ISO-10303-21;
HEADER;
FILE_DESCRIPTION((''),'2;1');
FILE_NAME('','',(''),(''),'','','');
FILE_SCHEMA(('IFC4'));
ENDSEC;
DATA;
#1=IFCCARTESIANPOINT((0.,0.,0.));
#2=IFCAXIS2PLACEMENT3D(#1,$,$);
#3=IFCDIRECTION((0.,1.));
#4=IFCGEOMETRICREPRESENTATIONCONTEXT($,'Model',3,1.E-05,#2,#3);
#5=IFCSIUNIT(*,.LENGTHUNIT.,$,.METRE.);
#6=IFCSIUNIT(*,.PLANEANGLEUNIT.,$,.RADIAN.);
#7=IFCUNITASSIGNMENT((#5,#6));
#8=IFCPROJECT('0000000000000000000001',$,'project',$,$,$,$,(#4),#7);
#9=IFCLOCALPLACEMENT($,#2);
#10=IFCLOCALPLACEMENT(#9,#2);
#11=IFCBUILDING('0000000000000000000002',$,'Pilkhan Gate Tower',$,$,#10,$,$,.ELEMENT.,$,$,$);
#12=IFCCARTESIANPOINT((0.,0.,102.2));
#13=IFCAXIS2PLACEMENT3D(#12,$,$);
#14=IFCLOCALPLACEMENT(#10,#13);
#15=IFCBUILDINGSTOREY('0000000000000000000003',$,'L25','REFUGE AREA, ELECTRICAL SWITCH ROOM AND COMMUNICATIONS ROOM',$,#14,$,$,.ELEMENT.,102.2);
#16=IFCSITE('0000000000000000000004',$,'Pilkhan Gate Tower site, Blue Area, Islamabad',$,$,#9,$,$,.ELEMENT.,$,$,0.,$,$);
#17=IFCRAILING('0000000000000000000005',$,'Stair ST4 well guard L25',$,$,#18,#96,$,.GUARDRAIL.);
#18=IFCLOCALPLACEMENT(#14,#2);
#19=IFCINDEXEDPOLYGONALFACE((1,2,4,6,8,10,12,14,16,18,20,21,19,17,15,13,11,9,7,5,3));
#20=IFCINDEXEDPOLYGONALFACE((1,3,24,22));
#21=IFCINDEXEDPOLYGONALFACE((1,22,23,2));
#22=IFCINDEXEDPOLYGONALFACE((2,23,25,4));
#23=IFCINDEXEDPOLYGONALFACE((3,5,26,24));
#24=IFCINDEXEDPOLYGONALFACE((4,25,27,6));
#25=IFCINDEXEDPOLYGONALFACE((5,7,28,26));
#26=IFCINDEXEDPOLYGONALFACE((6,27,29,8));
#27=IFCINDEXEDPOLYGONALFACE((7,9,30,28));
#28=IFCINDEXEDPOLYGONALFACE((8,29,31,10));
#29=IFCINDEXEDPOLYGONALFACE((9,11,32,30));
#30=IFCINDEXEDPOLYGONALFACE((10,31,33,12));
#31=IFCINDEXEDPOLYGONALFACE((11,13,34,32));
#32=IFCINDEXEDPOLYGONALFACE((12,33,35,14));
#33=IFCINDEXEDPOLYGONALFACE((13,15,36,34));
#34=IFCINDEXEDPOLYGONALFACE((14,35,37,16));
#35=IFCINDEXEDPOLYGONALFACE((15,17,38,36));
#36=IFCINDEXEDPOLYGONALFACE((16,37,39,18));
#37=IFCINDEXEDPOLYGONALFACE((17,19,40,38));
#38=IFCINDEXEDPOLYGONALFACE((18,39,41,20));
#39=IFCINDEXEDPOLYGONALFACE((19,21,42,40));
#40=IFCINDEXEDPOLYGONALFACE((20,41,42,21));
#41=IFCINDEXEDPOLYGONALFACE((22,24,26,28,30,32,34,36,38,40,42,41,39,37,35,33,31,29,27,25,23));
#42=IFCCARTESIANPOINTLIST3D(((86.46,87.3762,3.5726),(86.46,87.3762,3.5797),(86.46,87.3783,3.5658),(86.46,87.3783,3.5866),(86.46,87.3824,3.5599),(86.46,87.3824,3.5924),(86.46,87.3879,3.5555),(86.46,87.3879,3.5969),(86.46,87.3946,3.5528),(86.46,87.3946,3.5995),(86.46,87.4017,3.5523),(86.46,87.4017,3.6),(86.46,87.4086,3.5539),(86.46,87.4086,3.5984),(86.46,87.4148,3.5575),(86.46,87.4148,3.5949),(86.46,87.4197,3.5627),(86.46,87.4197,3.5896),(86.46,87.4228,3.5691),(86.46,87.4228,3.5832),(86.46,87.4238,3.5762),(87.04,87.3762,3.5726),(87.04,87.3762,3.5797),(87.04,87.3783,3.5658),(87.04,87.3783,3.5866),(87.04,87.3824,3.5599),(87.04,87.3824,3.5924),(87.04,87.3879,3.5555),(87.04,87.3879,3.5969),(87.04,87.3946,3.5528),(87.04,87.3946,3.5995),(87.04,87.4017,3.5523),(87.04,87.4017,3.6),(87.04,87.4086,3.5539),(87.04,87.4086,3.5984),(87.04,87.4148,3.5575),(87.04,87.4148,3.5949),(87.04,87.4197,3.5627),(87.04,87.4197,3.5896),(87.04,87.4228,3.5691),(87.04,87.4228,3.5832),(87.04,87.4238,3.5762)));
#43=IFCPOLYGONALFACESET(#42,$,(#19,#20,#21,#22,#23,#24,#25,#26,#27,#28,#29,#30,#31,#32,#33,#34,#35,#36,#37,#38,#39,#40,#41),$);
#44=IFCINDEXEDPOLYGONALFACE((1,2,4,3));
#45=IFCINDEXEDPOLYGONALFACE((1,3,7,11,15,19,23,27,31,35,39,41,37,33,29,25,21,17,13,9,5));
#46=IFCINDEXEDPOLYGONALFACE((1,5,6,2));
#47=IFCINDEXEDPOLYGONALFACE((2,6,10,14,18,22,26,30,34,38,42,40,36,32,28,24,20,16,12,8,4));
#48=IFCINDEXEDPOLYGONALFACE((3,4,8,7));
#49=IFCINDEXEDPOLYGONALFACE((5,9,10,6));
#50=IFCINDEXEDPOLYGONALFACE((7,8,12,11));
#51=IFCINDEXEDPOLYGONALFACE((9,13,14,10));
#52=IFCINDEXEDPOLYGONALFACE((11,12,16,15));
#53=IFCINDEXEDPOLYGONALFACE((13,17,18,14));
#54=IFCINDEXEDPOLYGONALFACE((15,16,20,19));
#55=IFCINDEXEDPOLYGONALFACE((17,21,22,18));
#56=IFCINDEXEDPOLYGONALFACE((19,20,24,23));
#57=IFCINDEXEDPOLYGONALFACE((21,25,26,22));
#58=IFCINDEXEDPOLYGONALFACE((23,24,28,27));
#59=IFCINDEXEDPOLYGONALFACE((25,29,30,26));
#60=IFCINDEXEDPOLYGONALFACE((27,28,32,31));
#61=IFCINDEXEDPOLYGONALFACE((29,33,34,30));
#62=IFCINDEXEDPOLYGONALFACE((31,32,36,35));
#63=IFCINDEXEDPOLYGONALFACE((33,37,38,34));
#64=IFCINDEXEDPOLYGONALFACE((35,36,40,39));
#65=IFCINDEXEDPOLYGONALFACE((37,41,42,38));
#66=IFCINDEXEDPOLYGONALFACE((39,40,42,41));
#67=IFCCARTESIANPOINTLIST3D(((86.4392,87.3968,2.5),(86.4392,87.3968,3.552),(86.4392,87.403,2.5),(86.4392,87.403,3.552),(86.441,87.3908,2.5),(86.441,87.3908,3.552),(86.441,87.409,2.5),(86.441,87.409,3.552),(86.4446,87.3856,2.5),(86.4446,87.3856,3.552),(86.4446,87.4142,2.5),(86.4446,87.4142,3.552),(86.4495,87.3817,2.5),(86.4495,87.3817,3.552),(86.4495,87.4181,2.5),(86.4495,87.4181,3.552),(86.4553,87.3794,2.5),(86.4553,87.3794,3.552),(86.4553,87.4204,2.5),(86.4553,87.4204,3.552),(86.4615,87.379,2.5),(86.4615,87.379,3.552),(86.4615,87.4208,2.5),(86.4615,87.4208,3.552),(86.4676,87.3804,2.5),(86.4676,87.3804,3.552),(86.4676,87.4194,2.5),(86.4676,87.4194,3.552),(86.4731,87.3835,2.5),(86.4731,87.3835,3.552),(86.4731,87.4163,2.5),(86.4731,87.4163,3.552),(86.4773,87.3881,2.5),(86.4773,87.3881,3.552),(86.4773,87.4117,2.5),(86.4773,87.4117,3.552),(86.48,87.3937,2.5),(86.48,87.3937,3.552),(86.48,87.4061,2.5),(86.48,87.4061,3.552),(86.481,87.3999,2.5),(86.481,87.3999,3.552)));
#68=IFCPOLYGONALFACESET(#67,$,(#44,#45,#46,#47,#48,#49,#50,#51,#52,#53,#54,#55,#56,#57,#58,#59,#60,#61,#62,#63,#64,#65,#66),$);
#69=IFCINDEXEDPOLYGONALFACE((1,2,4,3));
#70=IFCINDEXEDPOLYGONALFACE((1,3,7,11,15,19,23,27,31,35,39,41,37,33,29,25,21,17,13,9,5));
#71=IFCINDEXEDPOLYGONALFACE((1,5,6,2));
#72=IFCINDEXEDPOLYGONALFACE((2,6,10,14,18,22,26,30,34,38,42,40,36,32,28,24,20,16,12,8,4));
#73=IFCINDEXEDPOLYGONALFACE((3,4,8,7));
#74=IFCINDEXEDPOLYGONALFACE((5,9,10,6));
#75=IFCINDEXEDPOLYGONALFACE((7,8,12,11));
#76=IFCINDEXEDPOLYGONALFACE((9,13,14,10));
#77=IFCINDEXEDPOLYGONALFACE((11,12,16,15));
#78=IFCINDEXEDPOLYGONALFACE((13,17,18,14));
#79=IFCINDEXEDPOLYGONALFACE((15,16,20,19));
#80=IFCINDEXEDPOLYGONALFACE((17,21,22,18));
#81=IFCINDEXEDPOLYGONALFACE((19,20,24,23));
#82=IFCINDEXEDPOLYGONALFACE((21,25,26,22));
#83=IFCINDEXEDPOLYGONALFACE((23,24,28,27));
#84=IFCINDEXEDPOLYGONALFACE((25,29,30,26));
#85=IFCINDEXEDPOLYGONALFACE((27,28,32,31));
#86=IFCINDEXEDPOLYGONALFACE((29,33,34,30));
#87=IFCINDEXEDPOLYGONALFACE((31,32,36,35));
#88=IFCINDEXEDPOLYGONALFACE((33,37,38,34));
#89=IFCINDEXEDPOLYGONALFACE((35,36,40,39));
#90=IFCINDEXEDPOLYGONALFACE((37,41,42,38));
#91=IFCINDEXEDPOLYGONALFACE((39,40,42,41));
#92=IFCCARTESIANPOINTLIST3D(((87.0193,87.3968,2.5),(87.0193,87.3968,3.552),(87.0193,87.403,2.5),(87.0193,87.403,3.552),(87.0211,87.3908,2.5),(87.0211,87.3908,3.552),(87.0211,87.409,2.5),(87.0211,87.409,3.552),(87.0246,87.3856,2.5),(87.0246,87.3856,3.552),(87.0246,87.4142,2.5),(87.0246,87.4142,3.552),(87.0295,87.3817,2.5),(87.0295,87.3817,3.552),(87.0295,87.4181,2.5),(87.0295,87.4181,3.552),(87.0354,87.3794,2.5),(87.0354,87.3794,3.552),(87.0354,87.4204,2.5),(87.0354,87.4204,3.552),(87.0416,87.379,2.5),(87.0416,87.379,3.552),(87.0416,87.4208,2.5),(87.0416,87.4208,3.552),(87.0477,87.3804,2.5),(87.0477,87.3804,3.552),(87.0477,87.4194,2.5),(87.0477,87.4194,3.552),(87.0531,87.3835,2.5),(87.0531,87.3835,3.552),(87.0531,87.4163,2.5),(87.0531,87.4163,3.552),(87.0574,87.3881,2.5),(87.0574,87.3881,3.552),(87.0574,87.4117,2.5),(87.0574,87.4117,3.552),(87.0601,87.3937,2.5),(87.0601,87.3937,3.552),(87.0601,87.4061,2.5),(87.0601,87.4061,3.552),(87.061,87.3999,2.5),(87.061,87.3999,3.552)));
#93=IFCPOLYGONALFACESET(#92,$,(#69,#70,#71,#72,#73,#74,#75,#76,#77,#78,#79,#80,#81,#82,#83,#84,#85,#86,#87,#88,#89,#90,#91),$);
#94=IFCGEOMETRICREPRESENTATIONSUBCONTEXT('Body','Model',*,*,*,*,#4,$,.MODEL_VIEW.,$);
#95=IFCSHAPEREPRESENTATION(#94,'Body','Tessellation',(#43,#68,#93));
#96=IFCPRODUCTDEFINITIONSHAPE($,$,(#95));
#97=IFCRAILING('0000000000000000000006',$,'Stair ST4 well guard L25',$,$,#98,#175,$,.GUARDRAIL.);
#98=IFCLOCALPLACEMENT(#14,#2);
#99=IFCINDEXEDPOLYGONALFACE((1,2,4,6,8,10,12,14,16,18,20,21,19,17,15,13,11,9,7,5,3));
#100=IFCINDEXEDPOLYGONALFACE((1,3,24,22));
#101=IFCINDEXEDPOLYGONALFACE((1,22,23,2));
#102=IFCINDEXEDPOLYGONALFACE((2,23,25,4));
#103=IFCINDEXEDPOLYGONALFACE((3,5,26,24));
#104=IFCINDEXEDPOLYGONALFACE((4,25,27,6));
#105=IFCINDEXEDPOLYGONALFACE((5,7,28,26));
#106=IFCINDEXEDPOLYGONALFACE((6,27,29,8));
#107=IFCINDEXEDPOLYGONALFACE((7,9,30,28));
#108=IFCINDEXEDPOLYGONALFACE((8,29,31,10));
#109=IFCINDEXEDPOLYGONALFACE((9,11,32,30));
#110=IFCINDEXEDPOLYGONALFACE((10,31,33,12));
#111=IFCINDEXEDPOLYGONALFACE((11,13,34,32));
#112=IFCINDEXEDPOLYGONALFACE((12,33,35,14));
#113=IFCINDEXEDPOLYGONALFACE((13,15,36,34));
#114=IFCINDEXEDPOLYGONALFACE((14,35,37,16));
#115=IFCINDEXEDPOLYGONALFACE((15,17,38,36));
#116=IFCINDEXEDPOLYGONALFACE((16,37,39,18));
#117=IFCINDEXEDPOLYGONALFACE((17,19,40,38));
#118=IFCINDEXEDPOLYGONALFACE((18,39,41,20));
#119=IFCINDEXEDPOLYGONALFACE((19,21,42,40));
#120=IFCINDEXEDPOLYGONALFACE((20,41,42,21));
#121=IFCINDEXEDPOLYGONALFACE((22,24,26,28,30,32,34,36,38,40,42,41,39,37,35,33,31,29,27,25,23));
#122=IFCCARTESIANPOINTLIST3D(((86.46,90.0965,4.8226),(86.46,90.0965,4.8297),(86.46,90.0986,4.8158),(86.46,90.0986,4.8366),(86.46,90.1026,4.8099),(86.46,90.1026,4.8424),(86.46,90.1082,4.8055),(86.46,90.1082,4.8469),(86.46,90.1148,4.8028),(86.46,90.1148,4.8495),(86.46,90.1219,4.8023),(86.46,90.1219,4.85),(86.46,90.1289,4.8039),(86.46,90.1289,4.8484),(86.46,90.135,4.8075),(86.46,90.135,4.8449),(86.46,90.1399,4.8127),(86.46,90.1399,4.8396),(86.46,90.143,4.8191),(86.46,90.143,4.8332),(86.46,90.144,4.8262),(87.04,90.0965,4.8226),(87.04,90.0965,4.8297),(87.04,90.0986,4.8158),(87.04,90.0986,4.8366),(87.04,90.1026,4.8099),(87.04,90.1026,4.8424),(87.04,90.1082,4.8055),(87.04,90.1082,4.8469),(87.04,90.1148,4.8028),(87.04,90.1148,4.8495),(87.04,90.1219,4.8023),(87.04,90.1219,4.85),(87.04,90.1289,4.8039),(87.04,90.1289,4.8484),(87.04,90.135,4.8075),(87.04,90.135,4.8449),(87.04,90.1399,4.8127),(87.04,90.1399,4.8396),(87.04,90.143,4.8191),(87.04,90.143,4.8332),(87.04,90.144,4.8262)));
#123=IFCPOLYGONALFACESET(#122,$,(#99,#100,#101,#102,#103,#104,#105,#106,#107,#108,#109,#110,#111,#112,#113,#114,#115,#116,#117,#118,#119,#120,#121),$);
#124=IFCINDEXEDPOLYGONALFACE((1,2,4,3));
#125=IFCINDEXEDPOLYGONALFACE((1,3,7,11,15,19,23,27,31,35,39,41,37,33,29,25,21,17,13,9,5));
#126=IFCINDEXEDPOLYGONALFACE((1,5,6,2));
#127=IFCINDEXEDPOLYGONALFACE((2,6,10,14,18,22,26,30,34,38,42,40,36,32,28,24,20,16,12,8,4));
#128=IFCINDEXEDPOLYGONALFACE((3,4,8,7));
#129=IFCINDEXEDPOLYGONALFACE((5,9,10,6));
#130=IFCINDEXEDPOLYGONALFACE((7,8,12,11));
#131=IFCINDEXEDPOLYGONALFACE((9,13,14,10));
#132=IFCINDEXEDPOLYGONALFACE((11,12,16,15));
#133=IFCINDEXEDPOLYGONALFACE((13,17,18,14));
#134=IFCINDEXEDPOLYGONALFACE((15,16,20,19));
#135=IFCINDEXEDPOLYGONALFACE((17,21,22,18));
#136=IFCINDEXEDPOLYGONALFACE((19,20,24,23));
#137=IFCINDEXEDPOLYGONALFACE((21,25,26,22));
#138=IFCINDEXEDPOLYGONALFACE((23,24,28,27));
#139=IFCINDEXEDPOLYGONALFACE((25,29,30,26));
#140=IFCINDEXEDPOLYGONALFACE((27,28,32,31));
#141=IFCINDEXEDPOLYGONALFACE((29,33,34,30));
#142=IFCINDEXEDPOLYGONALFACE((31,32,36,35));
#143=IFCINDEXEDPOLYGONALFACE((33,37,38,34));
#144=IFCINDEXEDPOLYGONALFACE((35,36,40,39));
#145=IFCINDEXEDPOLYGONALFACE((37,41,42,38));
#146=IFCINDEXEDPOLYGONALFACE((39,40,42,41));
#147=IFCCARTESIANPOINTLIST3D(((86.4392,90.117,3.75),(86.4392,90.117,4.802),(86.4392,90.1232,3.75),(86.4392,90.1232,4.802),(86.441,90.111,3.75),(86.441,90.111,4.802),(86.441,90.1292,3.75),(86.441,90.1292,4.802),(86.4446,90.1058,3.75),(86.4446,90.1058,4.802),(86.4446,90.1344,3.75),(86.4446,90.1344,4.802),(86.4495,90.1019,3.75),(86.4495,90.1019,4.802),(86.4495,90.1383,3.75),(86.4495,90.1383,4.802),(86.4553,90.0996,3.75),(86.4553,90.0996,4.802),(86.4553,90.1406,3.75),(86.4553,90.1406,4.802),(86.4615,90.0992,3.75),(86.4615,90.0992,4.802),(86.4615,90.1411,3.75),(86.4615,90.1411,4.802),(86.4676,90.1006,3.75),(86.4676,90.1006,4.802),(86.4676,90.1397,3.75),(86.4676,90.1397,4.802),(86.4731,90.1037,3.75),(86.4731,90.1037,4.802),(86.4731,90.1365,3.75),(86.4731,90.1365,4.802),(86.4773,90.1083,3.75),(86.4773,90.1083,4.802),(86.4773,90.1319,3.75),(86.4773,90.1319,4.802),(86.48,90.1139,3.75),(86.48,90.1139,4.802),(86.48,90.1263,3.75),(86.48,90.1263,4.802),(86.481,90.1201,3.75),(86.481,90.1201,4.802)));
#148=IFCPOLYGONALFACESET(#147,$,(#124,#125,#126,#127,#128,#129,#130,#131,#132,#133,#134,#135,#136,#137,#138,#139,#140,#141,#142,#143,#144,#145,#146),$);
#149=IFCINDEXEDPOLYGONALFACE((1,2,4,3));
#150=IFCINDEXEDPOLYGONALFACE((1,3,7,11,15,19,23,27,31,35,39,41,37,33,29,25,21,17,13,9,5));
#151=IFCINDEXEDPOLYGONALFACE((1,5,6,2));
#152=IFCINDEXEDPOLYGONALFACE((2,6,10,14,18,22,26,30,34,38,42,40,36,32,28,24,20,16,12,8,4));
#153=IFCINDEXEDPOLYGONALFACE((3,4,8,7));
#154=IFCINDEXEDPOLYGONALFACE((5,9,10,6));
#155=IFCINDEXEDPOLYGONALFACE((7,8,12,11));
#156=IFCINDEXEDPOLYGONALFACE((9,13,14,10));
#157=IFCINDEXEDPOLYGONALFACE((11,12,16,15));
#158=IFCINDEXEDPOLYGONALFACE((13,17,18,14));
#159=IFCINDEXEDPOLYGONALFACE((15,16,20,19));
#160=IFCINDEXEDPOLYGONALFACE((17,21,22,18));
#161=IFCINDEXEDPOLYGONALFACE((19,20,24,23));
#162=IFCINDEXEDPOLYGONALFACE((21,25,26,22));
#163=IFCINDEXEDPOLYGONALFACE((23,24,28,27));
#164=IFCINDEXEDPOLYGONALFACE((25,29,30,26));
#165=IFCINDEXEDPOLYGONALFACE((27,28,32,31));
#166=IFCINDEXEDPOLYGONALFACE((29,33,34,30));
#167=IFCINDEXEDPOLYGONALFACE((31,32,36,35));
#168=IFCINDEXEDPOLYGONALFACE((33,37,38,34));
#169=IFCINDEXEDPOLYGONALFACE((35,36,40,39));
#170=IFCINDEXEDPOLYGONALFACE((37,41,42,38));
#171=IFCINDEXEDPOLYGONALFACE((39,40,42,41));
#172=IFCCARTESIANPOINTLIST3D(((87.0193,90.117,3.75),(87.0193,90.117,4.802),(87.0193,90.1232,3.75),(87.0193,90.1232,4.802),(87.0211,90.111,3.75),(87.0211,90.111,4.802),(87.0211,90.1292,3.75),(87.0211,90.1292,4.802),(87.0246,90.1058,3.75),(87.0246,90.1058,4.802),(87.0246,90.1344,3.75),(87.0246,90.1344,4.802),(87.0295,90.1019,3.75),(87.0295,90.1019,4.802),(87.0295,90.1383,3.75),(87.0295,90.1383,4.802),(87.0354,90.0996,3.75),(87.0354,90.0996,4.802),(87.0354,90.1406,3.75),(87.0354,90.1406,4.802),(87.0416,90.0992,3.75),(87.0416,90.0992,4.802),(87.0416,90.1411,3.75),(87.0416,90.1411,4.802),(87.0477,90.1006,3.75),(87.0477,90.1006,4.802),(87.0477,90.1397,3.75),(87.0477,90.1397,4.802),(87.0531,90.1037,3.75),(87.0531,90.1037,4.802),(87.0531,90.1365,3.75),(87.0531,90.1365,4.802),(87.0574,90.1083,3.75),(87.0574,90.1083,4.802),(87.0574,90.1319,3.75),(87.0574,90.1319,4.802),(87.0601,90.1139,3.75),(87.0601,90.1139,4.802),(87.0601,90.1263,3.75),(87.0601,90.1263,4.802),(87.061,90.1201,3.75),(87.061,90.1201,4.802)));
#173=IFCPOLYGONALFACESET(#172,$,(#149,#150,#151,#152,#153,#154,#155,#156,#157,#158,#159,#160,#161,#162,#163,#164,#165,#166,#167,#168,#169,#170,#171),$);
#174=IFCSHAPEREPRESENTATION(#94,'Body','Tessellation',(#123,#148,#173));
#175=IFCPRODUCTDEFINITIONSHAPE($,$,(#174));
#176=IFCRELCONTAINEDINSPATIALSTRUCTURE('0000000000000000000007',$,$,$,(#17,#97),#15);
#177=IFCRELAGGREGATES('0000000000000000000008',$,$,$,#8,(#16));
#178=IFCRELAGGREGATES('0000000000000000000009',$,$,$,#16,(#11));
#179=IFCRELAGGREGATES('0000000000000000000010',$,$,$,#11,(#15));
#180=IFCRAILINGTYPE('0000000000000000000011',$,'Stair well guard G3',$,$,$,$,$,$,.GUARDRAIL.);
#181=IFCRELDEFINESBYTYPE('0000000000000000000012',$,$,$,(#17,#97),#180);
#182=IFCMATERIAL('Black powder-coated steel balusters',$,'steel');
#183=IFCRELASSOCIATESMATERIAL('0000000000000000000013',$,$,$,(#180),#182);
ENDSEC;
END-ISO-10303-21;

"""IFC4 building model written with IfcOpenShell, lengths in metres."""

from ifc_helpers import new_model, si_unit, direction, frame, origin, origin_2d, place, context, subcontext, project, spatial, circle, extrude, material, type_object, element, save


model = new_model("IFC4")

# Units and contexts
model_context = context("Model", 3, precision=1e-05, world=origin(), true_north=direction((0.0, 1.0)))
body_context = subcontext(model_context, "Body", "Model", "MODEL_VIEW")
ifc_project = project(units=[si_unit("LENGTHUNIT", "METRE"), si_unit("PLANEANGLEUNIT", "RADIAN")], contexts=[model_context])

# Site, building, storey
site_placement = place(None, origin())
site = spatial("IfcSite", under=ifc_project, at=site_placement, Name="Pilkhan Gate Tower site, Blue Area, Islamabad", CompositionType="ELEMENT", RefElevation=0.0)
building_placement = place(site_placement, origin())
building = spatial("IfcBuilding", under=site, at=building_placement, Name="Pilkhan Gate Tower", CompositionType="ELEMENT")
storey_placement = place(building_placement, frame((0.0, 0.0, 102.2)))
storey = spatial("IfcBuildingStorey", under=building, at=storey_placement, Name="L25", Description="REFUGE AREA, ELECTRICAL SWITCH ROOM AND COMMUNICATIONS ROOM", CompositionType="ELEMENT", Elevation=102.2)

# Railings
ifc_material_1 = material(Name="Black powder-coated steel balusters", Category="steel")
railing_type_1 = type_object("IfcRailingType", Name="Stair well guard G3", PredefinedType="GUARDRAIL", material=ifc_material_1)
for number, where, name in (
    (1, (86.46, 87.3999, 2.5), "Stair ST4 well guard L25"),
    (2, (86.46, 90.1201, 3.75), "Stair ST4 well guard L25"),
):
    element("IfcRailing", number, at=place(storey_placement, frame(where)), inside=storey, type_object=railing_type_1, Name=name, PredefinedType="GUARDRAIL", context=body_context, shape_type="SweptSolid", body=[
        extrude(circle(Radius=0.0239, at=origin_2d()), frame((0.0, 0.0, 1.0762), z_axis=(1.0, 0.0, 0.0), x_axis=(0.0, 1.0, 0.0)), (0.0, 0.0, 1.0), 0.5801),
        extrude(circle(Radius=0.021, at=origin_2d()), origin(), (0.0, 0.0, 1.0), 1.052),
        extrude(circle(Radius=0.021, at=origin_2d()), frame((0.5801, 0.0, 0.0)), (0.0, 0.0, 1.0), 1.052),
    ])

save(model, "model.ifc")
